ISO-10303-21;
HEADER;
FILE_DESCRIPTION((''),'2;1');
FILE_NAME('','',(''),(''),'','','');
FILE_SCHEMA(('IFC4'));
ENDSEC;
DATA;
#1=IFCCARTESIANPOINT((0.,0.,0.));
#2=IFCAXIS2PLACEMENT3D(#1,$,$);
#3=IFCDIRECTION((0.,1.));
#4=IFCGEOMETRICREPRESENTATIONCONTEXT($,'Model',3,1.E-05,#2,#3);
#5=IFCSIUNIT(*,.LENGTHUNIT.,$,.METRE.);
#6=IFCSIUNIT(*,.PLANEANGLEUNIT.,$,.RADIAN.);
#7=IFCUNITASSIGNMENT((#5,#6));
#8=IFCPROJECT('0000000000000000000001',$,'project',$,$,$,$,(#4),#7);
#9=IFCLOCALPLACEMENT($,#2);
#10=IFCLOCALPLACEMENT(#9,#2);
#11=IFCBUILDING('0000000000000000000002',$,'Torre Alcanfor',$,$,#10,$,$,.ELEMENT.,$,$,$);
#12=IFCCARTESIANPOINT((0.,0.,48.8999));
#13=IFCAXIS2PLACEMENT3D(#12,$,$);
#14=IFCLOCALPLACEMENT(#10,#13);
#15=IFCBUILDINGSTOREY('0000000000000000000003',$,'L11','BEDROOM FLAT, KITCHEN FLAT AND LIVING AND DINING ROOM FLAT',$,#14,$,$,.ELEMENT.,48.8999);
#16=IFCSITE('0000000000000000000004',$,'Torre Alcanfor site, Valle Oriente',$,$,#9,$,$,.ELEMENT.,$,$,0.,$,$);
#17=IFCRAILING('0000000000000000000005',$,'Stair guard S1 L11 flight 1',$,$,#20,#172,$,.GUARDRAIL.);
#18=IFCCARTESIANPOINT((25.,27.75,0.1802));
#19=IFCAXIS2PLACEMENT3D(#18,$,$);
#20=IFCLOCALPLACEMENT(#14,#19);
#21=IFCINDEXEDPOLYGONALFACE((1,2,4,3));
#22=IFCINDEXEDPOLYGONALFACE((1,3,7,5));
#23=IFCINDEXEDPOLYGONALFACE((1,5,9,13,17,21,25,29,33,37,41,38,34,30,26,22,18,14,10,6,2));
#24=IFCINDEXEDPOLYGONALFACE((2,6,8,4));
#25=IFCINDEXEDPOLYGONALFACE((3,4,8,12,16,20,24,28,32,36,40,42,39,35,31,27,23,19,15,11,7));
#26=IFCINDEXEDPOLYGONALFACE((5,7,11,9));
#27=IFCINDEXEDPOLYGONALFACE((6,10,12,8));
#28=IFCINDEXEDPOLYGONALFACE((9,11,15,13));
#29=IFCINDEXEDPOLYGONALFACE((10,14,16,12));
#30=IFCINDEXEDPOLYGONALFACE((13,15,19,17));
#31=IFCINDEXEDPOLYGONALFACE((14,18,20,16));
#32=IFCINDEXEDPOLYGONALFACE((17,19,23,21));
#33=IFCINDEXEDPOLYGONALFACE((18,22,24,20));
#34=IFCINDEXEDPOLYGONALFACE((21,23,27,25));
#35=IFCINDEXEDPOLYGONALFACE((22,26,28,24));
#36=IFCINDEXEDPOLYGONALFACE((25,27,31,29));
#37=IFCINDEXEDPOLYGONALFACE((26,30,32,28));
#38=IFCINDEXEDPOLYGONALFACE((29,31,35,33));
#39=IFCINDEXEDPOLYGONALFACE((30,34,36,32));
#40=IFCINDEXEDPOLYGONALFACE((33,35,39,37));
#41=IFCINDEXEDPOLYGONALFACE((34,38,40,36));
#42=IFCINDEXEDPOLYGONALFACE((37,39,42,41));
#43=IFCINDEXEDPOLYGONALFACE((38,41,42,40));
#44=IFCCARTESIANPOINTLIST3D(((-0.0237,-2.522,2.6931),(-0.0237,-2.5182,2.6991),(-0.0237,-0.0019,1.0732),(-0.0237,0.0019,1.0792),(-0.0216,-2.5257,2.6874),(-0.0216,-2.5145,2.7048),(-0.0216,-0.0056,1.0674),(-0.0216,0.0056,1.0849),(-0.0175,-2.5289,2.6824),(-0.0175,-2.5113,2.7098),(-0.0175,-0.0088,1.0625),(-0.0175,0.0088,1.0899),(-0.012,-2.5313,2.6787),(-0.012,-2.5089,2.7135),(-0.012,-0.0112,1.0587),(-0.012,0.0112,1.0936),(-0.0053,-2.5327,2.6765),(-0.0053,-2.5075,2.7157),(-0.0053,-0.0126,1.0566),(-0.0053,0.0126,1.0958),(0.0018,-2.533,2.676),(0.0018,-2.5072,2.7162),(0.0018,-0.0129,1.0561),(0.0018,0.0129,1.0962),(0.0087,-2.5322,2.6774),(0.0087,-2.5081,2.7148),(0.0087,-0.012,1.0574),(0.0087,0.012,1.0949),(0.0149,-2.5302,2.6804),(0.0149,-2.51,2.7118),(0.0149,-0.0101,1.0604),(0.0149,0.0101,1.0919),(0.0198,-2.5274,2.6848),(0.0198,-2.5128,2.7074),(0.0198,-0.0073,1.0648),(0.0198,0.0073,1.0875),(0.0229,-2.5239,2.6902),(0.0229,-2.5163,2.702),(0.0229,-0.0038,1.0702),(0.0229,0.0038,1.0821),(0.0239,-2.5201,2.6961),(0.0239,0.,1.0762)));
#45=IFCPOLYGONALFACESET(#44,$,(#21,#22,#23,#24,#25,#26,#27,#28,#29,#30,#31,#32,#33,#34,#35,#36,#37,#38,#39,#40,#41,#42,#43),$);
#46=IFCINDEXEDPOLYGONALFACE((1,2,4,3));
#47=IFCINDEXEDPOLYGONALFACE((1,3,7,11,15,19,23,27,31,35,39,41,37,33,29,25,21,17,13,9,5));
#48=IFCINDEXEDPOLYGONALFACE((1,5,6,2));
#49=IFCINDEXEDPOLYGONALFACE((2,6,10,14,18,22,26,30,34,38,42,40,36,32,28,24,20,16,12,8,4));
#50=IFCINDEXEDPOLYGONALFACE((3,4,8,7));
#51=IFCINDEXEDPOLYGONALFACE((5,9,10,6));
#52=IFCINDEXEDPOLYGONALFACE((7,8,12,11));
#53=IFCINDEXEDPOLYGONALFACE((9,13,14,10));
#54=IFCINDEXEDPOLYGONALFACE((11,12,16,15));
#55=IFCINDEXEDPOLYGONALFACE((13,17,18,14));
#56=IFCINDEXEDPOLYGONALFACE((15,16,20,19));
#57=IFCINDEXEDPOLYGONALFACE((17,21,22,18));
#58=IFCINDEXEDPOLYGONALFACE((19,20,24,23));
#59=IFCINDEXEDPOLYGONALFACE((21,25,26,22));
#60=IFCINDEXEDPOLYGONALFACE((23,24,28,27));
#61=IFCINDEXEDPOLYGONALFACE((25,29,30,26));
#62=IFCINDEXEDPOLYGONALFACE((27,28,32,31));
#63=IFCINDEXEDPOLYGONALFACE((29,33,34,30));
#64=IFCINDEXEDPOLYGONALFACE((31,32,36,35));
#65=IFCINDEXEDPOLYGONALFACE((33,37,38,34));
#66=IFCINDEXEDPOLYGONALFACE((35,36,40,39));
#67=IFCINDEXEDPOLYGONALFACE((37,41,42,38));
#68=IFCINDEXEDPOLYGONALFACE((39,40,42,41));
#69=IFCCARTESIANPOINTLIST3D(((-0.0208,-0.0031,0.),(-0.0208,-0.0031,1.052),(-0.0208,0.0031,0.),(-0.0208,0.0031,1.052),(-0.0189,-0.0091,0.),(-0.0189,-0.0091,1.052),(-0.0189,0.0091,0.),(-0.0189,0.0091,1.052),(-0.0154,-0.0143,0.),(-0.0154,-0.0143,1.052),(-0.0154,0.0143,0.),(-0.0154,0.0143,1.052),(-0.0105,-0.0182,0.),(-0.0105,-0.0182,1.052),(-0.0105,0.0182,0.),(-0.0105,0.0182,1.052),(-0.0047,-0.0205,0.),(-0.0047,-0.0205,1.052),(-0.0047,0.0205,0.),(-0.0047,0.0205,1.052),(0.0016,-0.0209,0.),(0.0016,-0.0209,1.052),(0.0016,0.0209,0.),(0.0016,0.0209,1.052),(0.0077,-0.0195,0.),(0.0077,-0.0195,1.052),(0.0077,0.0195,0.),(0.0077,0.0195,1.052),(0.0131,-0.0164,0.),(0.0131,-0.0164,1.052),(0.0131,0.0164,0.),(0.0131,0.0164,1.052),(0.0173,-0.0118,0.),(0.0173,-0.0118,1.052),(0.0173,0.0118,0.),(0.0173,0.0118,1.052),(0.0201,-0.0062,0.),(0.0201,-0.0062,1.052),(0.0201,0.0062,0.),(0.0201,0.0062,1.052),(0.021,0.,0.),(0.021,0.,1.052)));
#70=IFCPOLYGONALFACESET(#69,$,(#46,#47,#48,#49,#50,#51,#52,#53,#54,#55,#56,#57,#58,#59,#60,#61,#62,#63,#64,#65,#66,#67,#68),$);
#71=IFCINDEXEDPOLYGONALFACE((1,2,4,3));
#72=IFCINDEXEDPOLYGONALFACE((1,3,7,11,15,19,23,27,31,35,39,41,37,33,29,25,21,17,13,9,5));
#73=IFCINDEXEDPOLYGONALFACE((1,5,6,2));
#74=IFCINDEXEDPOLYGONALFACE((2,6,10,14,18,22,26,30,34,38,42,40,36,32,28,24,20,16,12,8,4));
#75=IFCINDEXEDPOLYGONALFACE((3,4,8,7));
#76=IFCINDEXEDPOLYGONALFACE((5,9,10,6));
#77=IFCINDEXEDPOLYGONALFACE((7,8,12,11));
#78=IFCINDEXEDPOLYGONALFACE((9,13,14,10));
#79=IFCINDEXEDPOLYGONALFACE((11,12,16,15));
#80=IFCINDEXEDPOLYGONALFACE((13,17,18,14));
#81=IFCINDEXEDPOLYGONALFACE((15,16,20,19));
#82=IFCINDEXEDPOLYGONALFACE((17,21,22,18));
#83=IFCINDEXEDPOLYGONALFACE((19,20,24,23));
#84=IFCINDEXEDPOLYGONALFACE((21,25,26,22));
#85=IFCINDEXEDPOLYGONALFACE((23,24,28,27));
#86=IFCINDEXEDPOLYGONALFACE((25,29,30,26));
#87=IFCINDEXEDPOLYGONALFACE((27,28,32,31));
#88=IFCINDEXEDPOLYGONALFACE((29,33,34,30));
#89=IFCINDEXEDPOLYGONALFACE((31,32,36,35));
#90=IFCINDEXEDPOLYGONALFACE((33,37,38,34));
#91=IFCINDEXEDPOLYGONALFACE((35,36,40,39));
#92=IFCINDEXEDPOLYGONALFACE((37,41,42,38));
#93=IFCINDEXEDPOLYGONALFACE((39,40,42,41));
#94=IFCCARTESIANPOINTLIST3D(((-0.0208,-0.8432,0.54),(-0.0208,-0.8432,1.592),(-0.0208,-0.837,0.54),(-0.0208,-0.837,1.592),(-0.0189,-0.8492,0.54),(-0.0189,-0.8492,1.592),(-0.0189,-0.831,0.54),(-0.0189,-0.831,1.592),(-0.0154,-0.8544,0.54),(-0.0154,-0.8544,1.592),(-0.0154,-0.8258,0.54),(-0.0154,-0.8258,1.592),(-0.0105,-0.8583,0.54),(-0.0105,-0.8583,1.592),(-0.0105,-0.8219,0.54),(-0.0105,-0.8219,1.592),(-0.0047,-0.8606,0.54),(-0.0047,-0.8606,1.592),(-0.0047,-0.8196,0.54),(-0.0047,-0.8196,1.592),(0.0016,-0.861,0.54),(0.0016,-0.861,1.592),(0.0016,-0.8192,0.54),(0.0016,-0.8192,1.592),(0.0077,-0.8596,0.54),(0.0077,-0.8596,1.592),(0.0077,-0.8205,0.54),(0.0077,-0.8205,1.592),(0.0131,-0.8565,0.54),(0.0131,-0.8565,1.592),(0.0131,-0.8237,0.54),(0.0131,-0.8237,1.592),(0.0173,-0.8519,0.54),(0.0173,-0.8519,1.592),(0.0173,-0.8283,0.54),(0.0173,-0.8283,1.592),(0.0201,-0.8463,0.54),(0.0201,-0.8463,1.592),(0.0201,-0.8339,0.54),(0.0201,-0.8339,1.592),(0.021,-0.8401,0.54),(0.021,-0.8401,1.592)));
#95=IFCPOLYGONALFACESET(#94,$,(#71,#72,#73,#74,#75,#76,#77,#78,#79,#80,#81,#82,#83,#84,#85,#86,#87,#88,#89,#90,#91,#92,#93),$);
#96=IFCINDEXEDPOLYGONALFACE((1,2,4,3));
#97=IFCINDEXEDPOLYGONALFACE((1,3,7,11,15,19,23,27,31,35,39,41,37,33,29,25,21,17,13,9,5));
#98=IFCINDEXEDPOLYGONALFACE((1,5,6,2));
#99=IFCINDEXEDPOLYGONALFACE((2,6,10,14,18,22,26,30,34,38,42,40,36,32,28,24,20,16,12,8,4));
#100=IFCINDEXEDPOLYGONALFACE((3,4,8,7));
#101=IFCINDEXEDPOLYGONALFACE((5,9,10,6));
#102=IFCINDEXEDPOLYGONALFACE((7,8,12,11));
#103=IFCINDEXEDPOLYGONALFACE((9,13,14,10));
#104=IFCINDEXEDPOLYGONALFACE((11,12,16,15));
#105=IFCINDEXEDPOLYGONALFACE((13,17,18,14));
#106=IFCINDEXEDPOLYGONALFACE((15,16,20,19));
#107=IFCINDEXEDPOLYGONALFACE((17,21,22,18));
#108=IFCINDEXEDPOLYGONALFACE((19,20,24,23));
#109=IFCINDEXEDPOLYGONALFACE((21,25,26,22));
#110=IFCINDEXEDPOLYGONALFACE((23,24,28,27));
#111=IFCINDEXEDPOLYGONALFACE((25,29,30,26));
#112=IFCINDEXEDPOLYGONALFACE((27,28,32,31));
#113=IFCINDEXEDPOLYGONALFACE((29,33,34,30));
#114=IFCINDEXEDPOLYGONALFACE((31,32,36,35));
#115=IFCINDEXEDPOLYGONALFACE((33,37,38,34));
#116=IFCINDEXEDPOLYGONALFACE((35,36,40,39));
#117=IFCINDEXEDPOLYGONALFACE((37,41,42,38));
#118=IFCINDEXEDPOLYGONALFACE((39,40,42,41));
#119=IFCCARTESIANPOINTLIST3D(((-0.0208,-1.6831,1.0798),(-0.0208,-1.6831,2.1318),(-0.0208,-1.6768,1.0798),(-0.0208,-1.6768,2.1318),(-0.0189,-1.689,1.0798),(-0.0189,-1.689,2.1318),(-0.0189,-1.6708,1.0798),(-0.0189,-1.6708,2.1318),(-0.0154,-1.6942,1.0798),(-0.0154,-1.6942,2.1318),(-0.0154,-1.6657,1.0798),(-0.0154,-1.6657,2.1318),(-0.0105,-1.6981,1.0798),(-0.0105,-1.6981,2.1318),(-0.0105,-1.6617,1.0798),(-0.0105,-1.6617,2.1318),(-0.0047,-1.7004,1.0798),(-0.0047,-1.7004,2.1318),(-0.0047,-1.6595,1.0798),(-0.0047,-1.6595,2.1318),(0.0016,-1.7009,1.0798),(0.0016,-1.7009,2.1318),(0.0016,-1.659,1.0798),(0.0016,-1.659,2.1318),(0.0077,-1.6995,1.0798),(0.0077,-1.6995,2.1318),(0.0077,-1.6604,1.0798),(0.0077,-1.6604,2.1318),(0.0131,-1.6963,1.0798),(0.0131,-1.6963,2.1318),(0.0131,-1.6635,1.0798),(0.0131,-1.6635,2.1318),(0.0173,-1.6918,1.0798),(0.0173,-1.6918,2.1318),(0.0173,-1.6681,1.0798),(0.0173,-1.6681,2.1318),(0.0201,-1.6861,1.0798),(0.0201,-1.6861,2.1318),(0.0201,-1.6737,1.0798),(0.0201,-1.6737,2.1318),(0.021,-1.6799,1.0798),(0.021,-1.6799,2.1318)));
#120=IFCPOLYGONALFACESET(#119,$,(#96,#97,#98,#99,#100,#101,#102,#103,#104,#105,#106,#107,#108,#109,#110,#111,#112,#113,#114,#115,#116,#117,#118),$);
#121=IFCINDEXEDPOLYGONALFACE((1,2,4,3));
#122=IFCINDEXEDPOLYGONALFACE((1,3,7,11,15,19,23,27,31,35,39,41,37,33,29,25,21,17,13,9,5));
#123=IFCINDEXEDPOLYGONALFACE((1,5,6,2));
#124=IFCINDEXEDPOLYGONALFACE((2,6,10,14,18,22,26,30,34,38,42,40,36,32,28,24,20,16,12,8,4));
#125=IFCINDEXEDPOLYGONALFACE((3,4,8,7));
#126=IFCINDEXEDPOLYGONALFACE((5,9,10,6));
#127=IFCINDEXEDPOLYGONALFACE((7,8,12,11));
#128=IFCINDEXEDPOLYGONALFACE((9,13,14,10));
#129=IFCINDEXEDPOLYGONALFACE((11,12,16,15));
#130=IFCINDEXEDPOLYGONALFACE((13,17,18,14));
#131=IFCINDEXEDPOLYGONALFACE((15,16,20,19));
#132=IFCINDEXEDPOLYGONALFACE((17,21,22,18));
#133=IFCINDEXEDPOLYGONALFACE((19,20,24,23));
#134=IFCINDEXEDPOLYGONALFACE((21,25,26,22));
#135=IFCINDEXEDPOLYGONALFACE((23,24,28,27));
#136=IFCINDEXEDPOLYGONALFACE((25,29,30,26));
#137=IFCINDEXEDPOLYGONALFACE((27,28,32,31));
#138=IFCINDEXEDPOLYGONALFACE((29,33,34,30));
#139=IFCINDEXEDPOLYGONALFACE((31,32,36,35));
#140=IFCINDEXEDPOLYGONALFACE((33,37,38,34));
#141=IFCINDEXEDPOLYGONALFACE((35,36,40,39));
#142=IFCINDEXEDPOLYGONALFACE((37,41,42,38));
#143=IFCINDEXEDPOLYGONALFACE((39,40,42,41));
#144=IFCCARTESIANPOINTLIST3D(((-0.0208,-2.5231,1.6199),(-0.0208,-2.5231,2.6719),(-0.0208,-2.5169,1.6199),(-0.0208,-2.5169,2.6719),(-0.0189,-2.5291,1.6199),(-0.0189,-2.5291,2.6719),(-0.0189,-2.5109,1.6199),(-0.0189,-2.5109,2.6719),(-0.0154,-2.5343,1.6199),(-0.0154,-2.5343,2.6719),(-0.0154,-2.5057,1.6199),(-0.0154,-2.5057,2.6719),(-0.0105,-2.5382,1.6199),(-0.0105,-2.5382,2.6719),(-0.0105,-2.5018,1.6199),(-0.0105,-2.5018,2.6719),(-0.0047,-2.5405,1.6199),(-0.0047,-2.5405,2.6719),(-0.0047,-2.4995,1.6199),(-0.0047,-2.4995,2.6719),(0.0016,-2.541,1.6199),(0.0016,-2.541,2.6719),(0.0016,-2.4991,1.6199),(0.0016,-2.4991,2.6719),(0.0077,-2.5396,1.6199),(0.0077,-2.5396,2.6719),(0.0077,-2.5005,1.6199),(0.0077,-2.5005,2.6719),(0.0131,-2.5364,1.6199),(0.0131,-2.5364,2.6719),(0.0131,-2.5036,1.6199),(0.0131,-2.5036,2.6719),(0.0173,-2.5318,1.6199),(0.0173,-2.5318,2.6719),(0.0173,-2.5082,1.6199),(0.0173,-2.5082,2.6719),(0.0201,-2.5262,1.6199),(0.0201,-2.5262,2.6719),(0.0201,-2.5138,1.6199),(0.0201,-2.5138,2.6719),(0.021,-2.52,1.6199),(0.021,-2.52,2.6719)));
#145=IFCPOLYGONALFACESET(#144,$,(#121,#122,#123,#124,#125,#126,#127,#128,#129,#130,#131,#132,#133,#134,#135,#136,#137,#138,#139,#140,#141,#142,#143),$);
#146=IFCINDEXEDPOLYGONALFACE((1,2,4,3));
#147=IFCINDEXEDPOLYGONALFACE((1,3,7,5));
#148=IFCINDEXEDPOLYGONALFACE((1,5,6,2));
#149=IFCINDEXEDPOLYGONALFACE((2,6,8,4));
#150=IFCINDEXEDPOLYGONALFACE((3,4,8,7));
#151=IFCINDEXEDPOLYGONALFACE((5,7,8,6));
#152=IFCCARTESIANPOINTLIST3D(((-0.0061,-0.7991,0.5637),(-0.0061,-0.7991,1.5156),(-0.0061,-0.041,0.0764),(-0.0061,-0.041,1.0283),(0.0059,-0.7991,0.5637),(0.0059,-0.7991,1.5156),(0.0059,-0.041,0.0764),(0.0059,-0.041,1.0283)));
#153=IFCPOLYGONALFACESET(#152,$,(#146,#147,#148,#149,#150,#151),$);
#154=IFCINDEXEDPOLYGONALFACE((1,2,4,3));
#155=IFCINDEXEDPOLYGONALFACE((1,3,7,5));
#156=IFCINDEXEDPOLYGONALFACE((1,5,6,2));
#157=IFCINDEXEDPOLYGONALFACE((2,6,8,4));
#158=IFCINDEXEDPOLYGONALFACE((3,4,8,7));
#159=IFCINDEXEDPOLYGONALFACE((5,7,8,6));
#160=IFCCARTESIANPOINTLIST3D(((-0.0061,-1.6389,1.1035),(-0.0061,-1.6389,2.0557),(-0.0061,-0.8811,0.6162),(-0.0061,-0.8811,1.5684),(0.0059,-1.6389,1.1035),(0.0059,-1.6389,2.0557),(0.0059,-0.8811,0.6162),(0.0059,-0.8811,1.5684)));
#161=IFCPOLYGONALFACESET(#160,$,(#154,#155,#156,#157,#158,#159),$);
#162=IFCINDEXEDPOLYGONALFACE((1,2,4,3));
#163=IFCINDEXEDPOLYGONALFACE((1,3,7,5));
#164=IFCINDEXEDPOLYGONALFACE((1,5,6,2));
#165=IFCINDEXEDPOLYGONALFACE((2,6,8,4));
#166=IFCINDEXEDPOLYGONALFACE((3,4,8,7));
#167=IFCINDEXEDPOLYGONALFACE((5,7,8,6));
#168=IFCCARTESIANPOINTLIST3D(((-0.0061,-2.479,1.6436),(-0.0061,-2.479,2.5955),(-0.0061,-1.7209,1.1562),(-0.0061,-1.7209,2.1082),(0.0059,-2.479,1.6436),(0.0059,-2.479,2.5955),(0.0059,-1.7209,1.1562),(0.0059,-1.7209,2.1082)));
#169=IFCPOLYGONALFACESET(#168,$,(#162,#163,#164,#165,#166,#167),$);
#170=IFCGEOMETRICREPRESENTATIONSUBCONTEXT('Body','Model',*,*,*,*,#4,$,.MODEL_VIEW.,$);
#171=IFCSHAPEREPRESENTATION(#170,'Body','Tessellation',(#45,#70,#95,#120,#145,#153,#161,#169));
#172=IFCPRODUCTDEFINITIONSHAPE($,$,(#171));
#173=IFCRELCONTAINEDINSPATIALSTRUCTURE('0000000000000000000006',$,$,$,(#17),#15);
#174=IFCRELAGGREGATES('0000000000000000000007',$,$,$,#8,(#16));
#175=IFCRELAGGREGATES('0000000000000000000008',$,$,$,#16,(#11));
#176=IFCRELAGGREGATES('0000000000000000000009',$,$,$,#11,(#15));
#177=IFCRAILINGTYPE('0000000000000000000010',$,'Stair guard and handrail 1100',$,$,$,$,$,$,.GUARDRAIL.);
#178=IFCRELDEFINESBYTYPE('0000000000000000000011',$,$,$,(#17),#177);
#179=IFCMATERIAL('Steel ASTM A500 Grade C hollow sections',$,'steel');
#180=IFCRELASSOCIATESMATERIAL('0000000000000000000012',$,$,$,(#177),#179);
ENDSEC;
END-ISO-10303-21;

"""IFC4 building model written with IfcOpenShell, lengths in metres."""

from ifc_helpers import new_model, si_unit, direction, frame, origin, origin_2d, place, context, subcontext, project, spatial, polyline, circle, outline, extrude, material, type_object, element, save


model = new_model("IFC4")

# Units and contexts
model_context = context("Model", 3, precision=1e-05, world=origin(), true_north=direction((0.0, 1.0)))
body_context = subcontext(model_context, "Body", "Model", "MODEL_VIEW")
ifc_project = project(units=[si_unit("LENGTHUNIT", "METRE"), si_unit("PLANEANGLEUNIT", "RADIAN")], contexts=[model_context])

# Site, building, storey
site_placement = place(None, origin())
site = spatial("IfcSite", under=ifc_project, at=site_placement, Name="Torre Alcanfor site, Valle Oriente", CompositionType="ELEMENT", RefElevation=0.0)
building_placement = place(site_placement, origin())
building = spatial("IfcBuilding", under=site, at=building_placement, Name="Torre Alcanfor", CompositionType="ELEMENT")
storey_placement = place(building_placement, frame((0.0, 0.0, 48.8999)))
storey = spatial("IfcBuildingStorey", under=building, at=storey_placement, Name="L11", Description="BEDROOM FLAT, KITCHEN FLAT AND LIVING AND DINING ROOM FLAT", CompositionType="ELEMENT", Elevation=48.8999)

# Railing
ifc_material_1 = material(Name="Steel ASTM A500 Grade C hollow sections", Category="steel")
railing_type_1 = type_object("IfcRailingType", Name="Stair guard and handrail 1100", PredefinedType="GUARDRAIL", material=ifc_material_1)
railing_1_placement = place(storey_placement, frame((25.0, 27.75, 0.1802)))
element("IfcRailing", 1, at=railing_1_placement, inside=storey, type_object=railing_type_1, Name="Stair guard S1 L11 flight 1", PredefinedType="GUARDRAIL", context=body_context, shape_type="SweptSolid", body=[
    extrude(circle(Radius=0.0239, at=origin_2d()), frame((0.0, 0.0, 1.0762), z_axis=(0.0, -0.8412, 0.540725), x_axis=(1.0, 0.0, 0.0)), (0.0, 0.0, 1.0), 2.9958),
    extrude(circle(Radius=0.021, at=origin_2d()), origin(), (0.0, 0.0, 1.0), 1.052),
    extrude(circle(Radius=0.021, at=origin_2d()), frame((0.0, -0.8401, 0.54)), (0.0, 0.0, 1.0), 1.052),
    extrude(circle(Radius=0.021, at=origin_2d()), frame((0.0, -1.6799, 1.0798)), (0.0, 0.0, 1.0), 1.052),
    extrude(circle(Radius=0.021, at=origin_2d()), frame((0.0, -2.52, 1.6199)), (0.0, 0.0, 1.0), 1.052),
    extrude(outline(polyline([(0.041, 0.0764), (0.7991, 0.5637), (0.7991, 1.5156), (0.041, 1.0283), (0.041, 0.0764)])), frame((0.0059, 0.0, 0.0), z_axis=(-1.0, 0.0, 0.0), x_axis=(0.0, -1.0, 0.0)), (0.0, 0.0, 1.0), 0.012),
    extrude(outline(polyline([(0.8811, 0.6162), (1.6389, 1.1035), (1.6389, 2.0557), (0.8811, 1.5684), (0.8811, 0.6162)])), frame((0.0059, 0.0, 0.0), z_axis=(-1.0, 0.0, 0.0), x_axis=(0.0, -1.0, 0.0)), (0.0, 0.0, 1.0), 0.012),
    extrude(outline(polyline([(1.7209, 1.1562), (2.479, 1.6436), (2.479, 2.5955), (1.7209, 2.1082), (1.7209, 1.1562)])), frame((0.0059, 0.0, 0.0), z_axis=(-1.0, 0.0, 0.0), x_axis=(0.0, -1.0, 0.0)), (0.0, 0.0, 1.0), 0.012),
])

save(model, "model.ifc")
